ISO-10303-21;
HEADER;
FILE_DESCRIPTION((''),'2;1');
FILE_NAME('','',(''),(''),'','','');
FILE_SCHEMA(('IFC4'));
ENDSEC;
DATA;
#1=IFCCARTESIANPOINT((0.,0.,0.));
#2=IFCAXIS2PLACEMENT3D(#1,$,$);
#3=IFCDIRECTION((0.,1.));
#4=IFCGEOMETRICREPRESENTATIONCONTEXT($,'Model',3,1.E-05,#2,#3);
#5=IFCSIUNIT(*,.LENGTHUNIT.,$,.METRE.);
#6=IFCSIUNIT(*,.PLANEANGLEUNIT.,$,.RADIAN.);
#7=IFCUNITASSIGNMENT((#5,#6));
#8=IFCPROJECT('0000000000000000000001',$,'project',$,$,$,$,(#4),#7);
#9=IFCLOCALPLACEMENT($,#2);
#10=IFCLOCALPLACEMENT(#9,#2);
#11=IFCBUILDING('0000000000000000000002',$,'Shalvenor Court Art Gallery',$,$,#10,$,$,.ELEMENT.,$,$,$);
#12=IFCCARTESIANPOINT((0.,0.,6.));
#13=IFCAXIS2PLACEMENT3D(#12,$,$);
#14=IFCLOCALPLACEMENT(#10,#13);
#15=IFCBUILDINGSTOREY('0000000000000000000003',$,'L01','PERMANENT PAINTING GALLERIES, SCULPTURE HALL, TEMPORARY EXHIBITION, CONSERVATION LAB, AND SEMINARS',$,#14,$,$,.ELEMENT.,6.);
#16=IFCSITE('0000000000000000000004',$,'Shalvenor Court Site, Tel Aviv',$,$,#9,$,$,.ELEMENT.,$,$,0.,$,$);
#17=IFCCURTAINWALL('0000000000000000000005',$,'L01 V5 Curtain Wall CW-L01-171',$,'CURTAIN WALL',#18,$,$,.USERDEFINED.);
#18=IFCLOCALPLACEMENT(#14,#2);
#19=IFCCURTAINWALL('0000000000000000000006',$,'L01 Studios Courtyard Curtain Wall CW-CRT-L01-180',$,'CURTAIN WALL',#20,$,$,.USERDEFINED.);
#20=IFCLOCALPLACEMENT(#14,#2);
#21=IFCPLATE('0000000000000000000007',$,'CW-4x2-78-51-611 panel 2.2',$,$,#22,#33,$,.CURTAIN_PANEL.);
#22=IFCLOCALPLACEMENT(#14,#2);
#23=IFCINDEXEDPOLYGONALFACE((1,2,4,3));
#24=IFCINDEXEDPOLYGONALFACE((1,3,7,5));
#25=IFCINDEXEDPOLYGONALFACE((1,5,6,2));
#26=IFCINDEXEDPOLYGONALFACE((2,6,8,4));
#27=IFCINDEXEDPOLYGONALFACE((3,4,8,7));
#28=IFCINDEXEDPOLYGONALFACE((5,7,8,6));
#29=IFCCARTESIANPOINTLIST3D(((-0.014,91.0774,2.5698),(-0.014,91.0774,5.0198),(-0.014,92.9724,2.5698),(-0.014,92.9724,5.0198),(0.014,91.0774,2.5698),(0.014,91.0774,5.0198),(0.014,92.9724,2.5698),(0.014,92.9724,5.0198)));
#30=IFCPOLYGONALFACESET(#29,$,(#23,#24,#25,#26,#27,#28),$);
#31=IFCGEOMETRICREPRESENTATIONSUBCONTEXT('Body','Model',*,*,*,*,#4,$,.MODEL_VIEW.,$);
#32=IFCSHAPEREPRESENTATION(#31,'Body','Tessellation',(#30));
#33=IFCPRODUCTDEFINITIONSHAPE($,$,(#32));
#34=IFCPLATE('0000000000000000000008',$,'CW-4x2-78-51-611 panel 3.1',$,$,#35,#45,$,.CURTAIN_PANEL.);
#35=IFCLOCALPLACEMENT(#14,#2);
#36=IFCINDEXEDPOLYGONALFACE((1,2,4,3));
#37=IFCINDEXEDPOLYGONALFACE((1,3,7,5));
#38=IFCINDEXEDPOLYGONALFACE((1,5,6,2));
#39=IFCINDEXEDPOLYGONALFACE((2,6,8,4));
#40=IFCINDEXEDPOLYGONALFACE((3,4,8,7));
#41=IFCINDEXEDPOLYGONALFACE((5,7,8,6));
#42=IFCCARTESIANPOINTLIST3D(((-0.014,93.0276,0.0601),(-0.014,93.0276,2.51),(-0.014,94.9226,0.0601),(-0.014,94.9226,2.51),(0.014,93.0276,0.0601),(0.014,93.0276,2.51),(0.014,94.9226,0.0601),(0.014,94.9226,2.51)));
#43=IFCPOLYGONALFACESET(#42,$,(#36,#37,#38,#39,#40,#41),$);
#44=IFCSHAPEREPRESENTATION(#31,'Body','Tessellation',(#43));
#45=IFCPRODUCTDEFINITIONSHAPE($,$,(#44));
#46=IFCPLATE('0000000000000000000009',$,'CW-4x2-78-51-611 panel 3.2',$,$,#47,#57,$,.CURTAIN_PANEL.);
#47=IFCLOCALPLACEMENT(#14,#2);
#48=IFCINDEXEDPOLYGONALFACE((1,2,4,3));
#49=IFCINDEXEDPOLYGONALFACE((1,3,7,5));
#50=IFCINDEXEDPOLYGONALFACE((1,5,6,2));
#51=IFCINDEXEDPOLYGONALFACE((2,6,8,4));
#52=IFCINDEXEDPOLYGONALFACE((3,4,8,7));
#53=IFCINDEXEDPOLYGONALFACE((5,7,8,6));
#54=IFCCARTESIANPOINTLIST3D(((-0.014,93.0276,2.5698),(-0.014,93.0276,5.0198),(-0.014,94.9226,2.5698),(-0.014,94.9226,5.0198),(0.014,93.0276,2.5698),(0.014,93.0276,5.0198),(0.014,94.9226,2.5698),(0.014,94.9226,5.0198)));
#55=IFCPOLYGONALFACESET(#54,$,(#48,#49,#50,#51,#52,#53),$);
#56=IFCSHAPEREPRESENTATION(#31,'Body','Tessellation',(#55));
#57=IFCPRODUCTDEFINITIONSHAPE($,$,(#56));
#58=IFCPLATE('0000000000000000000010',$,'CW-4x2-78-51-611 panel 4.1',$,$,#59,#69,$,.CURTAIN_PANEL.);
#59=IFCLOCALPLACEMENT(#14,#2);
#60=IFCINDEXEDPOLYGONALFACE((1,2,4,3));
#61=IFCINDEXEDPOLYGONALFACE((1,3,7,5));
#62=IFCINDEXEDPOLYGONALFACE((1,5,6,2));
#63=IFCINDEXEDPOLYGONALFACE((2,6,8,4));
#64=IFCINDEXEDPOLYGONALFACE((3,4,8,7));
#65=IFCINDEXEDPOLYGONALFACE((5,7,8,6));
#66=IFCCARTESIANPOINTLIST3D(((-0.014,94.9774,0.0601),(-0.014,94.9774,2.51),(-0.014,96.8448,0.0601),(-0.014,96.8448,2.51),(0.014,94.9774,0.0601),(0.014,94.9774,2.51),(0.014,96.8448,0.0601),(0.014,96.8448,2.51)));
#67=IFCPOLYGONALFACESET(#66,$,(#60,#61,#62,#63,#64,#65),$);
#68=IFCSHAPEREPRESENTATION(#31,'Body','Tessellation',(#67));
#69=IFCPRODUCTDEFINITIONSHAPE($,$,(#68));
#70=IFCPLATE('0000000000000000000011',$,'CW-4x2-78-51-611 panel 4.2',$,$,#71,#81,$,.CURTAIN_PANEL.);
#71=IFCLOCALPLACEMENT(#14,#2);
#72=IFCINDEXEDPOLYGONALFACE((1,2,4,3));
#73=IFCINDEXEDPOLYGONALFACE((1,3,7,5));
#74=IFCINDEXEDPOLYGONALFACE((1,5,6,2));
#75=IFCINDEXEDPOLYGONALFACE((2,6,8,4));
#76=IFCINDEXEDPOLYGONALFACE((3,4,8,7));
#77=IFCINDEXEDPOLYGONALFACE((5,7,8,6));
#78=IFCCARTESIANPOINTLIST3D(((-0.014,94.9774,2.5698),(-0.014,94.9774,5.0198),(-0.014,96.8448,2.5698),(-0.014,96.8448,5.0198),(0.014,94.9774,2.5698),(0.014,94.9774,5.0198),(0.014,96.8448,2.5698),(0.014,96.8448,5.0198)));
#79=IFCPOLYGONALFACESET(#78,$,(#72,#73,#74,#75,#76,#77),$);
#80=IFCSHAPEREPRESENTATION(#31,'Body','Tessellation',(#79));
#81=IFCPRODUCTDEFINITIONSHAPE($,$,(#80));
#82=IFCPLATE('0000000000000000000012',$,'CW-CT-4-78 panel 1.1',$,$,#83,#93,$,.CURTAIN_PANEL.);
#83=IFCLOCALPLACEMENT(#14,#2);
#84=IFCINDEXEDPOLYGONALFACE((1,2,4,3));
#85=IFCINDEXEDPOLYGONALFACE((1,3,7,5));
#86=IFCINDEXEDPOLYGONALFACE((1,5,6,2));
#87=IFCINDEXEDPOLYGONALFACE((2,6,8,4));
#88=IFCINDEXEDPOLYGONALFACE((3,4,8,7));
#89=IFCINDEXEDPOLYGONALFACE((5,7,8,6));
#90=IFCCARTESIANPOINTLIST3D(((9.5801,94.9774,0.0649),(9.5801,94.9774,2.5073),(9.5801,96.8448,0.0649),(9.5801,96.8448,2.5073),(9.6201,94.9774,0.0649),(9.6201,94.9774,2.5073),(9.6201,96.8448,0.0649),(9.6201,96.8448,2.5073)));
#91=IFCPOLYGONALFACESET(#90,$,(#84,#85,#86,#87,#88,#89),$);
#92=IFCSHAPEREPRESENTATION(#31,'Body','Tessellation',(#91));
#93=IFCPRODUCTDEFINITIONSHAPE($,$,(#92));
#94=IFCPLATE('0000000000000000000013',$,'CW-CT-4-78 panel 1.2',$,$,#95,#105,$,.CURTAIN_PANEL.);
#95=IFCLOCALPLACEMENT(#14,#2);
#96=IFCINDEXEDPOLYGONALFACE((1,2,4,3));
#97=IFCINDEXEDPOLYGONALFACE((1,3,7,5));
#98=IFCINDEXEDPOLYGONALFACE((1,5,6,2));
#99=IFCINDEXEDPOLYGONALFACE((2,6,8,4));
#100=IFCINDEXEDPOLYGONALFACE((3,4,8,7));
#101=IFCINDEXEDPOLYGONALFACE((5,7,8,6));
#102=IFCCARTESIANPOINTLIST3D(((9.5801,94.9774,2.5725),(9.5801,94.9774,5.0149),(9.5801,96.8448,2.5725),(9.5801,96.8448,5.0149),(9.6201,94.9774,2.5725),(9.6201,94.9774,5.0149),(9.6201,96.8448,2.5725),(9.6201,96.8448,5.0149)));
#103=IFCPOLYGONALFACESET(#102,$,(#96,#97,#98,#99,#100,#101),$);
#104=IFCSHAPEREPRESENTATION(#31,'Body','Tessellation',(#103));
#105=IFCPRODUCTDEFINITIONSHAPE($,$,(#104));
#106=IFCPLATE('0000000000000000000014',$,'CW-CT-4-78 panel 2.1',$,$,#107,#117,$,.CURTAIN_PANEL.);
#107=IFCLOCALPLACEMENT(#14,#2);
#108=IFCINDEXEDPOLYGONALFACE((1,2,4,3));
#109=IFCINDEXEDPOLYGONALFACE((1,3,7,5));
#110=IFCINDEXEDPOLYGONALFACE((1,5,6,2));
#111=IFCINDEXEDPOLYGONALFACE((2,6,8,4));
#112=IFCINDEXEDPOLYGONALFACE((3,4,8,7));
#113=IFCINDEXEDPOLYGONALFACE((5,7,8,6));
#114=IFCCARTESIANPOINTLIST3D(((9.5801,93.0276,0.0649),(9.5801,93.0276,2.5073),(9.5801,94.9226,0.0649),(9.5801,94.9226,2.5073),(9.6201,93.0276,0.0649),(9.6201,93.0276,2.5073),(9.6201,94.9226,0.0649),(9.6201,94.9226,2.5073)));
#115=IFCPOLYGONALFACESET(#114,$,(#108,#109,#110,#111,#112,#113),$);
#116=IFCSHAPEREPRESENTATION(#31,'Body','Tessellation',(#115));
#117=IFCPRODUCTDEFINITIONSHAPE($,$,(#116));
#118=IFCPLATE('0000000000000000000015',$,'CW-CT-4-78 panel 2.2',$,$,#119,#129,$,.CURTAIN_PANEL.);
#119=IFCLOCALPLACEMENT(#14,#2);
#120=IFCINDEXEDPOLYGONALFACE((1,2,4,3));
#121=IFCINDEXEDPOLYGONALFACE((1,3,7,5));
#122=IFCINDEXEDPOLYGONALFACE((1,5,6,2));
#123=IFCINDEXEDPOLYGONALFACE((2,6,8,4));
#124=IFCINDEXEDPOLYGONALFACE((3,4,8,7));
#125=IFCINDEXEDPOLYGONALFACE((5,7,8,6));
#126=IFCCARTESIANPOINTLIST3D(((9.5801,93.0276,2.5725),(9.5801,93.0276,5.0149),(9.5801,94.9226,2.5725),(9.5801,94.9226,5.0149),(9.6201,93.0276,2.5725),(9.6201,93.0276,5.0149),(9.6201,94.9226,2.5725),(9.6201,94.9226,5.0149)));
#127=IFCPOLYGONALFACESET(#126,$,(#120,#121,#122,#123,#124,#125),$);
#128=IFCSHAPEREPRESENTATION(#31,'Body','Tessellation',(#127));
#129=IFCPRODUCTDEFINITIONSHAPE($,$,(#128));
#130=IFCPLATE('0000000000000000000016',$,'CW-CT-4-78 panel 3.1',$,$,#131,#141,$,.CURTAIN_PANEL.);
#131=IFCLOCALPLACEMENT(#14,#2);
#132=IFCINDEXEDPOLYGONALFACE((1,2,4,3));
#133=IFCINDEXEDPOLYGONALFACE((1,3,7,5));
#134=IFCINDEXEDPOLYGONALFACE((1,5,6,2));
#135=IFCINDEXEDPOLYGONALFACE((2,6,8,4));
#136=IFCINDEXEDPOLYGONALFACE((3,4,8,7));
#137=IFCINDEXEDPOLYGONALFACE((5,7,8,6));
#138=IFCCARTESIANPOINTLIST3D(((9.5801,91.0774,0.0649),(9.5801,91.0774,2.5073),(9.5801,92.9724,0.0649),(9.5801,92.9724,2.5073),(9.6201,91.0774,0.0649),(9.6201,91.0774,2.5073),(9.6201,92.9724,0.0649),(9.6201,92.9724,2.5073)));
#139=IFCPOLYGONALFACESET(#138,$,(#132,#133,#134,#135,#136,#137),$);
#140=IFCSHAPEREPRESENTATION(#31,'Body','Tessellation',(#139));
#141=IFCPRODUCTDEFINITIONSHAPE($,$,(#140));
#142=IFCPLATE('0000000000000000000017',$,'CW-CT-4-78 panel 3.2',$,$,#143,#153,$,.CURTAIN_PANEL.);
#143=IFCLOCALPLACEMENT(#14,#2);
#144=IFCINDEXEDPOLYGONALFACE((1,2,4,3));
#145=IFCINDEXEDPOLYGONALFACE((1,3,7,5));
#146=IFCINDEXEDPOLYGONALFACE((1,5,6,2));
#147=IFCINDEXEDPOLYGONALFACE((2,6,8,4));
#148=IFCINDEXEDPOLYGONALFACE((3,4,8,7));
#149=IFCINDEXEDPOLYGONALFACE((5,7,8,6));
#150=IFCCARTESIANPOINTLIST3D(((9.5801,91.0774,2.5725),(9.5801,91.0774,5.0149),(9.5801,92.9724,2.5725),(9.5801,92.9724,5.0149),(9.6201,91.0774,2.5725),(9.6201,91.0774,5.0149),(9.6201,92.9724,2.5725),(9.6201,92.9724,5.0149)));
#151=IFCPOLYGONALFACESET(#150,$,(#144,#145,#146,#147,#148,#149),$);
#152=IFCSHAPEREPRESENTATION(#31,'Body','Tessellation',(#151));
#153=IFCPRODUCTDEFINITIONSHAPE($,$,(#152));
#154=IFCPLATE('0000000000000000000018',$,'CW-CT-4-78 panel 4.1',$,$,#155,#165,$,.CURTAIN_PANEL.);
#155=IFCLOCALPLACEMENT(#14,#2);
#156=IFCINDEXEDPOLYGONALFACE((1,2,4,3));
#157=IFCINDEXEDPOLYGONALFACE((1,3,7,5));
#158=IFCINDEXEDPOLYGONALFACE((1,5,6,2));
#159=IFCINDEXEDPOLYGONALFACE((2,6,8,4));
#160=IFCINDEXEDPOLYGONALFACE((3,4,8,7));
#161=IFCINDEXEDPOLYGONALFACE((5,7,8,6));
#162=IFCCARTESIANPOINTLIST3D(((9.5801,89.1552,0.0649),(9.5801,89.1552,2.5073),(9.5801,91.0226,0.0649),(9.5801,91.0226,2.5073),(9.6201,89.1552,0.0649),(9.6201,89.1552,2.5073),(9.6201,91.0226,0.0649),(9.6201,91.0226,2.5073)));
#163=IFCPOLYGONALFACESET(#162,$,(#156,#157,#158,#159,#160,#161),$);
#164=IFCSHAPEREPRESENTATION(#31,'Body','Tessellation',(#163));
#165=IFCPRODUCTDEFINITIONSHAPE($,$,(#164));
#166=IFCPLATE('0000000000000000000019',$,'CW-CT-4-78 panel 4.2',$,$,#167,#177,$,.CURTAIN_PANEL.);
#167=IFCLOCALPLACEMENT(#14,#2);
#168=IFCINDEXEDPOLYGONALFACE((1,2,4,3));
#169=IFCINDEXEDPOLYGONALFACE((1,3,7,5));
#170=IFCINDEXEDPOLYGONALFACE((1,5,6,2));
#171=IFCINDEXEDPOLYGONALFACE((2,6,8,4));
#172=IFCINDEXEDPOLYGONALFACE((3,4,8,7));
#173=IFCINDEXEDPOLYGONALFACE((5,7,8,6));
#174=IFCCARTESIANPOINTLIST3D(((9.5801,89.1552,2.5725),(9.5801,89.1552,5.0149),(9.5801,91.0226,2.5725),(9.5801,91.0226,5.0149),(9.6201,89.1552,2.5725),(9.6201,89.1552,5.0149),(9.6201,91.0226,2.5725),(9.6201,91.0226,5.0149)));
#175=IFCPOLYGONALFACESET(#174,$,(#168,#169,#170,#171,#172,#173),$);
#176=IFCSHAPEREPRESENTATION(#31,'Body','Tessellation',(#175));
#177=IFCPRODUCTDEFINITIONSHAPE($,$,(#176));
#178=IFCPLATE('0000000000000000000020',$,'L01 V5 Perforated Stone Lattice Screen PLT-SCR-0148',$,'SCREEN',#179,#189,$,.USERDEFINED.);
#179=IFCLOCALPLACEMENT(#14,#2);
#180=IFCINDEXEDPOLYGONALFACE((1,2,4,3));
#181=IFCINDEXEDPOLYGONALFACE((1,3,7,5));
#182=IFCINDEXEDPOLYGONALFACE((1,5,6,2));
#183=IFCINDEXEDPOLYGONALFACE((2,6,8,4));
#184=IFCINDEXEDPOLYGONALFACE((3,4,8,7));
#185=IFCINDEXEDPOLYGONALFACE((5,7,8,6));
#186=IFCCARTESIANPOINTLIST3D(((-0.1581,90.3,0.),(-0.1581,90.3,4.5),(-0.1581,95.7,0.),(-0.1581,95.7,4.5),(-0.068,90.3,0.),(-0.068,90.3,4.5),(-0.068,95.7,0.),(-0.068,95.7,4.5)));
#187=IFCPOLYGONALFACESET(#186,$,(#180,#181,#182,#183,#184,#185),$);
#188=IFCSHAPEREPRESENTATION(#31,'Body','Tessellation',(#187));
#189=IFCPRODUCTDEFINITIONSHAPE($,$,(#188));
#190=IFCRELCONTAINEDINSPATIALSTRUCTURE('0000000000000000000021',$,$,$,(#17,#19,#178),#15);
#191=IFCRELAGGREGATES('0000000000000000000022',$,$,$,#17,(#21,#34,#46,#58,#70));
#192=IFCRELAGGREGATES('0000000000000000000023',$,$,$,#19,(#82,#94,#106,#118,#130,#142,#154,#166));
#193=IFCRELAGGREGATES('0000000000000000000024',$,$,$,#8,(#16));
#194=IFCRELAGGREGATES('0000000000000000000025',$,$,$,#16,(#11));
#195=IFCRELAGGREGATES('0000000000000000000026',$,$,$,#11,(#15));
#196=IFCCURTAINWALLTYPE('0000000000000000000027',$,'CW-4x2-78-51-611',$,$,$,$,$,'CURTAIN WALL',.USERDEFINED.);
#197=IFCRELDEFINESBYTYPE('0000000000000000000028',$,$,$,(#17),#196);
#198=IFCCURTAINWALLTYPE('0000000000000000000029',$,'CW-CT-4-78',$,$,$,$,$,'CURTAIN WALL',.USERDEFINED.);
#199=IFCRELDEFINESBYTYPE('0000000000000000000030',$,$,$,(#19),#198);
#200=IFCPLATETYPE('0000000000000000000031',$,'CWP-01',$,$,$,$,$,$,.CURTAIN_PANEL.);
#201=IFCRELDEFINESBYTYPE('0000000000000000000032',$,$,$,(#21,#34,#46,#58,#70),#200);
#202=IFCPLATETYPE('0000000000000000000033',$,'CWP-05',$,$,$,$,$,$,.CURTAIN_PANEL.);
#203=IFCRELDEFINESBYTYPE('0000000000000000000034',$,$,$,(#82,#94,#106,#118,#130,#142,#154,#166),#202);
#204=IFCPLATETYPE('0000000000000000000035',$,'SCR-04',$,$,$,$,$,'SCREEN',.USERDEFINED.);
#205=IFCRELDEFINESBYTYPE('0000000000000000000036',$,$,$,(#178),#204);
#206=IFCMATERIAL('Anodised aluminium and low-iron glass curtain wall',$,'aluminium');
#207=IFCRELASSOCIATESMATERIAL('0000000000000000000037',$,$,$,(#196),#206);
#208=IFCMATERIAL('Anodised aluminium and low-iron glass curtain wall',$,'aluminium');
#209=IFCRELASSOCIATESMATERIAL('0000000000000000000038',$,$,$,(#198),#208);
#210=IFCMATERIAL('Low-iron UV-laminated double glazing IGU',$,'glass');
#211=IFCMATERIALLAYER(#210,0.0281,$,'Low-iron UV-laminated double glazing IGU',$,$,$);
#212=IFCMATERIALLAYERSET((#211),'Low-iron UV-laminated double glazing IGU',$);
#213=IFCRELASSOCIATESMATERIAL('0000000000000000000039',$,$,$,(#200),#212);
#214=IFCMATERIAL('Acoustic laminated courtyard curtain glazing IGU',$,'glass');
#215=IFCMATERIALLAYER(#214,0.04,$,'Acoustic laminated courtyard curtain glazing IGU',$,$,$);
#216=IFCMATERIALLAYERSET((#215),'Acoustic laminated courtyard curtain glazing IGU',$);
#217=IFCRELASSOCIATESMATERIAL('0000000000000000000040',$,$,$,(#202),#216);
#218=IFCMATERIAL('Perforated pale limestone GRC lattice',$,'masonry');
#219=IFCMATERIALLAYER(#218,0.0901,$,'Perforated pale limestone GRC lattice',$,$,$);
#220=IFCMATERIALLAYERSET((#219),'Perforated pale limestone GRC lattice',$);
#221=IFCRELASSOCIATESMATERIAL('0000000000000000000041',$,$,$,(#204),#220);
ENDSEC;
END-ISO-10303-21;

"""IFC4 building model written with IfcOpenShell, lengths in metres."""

from ifc_helpers import new_model, si_unit, direction, frame, origin, origin_2d, place, context, subcontext, project, spatial, rectangle, extrude, material, layer, layer_set, type_object, element, aggregate, save


model = new_model("IFC4")

# Units and contexts
model_context = context("Model", 3, precision=1e-05, world=origin(), true_north=direction((0.0, 1.0)))
body_context = subcontext(model_context, "Body", "Model", "MODEL_VIEW")
ifc_project = project(units=[si_unit("LENGTHUNIT", "METRE"), si_unit("PLANEANGLEUNIT", "RADIAN")], contexts=[model_context])

# Site, building, storey
site_placement = place(None, origin())
site = spatial("IfcSite", under=ifc_project, at=site_placement, Name="Shalvenor Court Site, Tel Aviv", CompositionType="ELEMENT", RefElevation=0.0)
building_placement = place(site_placement, origin())
building = spatial("IfcBuilding", under=site, at=building_placement, Name="Shalvenor Court Art Gallery", CompositionType="ELEMENT")
storey_placement = place(building_placement, frame((0.0, 0.0, 6.0)))
storey = spatial("IfcBuildingStorey", under=building, at=storey_placement, Name="L01", Description="PERMANENT PAINTING GALLERIES, SCULPTURE HALL, TEMPORARY EXHIBITION, CONSERVATION LAB, AND SEMINARS", CompositionType="ELEMENT", Elevation=6.0)

# Curtain walls
ifc_material_1 = material(Name="Anodised aluminium and low-iron glass curtain wall", Category="aluminium")
curtain_wall_type_1 = type_object("IfcCurtainWallType", Name="CW-4x2-78-51-611", ElementType="CURTAIN WALL", PredefinedType="USERDEFINED", material=ifc_material_1)
curtain_wall_1_placement = place(storey_placement, origin())
curtain_wall_1 = element("IfcCurtainWall", 1, at=curtain_wall_1_placement, inside=storey, type_object=curtain_wall_type_1, Name="L01 V5 Curtain Wall CW-L01-171", ObjectType="CURTAIN WALL", PredefinedType="USERDEFINED")
ifc_material_2 = material(Name="Anodised aluminium and low-iron glass curtain wall", Category="aluminium")
curtain_wall_type_2 = type_object("IfcCurtainWallType", Name="CW-CT-4-78", ElementType="CURTAIN WALL", PredefinedType="USERDEFINED", material=ifc_material_2)
curtain_wall_2_placement = place(storey_placement, origin())
curtain_wall_2 = element("IfcCurtainWall", 2, at=curtain_wall_2_placement, inside=storey, type_object=curtain_wall_type_2, Name="L01 Studios Courtyard Curtain Wall CW-CRT-L01-180", ObjectType="CURTAIN WALL", PredefinedType="USERDEFINED")

# Plates
ifc_material_3 = material(Name="Low-iron UV-laminated double glazing IGU", Category="glass")
ifc_layer_1 = layer(ifc_material_3, 0.0281, Name="Low-iron UV-laminated double glazing IGU")
ifc_layer_set_1 = layer_set([ifc_layer_1], Name="Low-iron UV-laminated double glazing IGU")
plate_type_1 = type_object("IfcPlateType", Name="CWP-01", PredefinedType="CURTAIN_PANEL", material=ifc_layer_set_1)
plate_1_placement = place(storey_placement, frame((0.0, 92.0249, 2.5698), z_axis=(0.0, 0.0, 1.0), x_axis=(0.0, 1.0, 0.0)))
plate_1 = element("IfcPlate", 3, at=plate_1_placement, type_object=plate_type_1, Name="CW-4x2-78-51-611 panel 2.2", PredefinedType="CURTAIN_PANEL", context=body_context, shape_type="SweptSolid", body=[
    extrude(rectangle(XDim=1.895, YDim=0.0281, at=origin_2d()), origin(), (0.0, 0.0, 1.0), 2.45),
])
plate_2_placement = place(storey_placement, frame((0.0, 93.9751, 0.0601), z_axis=(0.0, 0.0, 1.0), x_axis=(0.0, 1.0, 0.0)))
plate_2 = element("IfcPlate", 4, at=plate_2_placement, type_object=plate_type_1, Name="CW-4x2-78-51-611 panel 3.1", PredefinedType="CURTAIN_PANEL", context=body_context, shape_type="SweptSolid", body=[
    extrude(rectangle(XDim=1.895, YDim=0.0281, at=origin_2d()), origin(), (0.0, 0.0, 1.0), 2.45),
])
plate_3_placement = place(storey_placement, frame((0.0, 93.9751, 2.5698), z_axis=(0.0, 0.0, 1.0), x_axis=(0.0, 1.0, 0.0)))
plate_3 = element("IfcPlate", 5, at=plate_3_placement, type_object=plate_type_1, Name="CW-4x2-78-51-611 panel 3.2", PredefinedType="CURTAIN_PANEL", context=body_context, shape_type="SweptSolid", body=[
    extrude(rectangle(XDim=1.895, YDim=0.0281, at=origin_2d()), origin(), (0.0, 0.0, 1.0), 2.45),
])
plate_4_placement = place(storey_placement, frame((0.0, 95.9111, 0.0601), z_axis=(0.0, 0.0, 1.0), x_axis=(0.0, 1.0, 0.0)))
plate_4 = element("IfcPlate", 6, at=plate_4_placement, type_object=plate_type_1, Name="CW-4x2-78-51-611 panel 4.1", PredefinedType="CURTAIN_PANEL", context=body_context, shape_type="SweptSolid", body=[
    extrude(rectangle(XDim=1.8674, YDim=0.0281, at=origin_2d()), origin(), (0.0, 0.0, 1.0), 2.45),
])
plate_5_placement = place(storey_placement, frame((0.0, 95.9111, 2.5698), z_axis=(0.0, 0.0, 1.0), x_axis=(0.0, 1.0, 0.0)))
plate_5 = element("IfcPlate", 7, at=plate_5_placement, type_object=plate_type_1, Name="CW-4x2-78-51-611 panel 4.2", PredefinedType="CURTAIN_PANEL", context=body_context, shape_type="SweptSolid", body=[
    extrude(rectangle(XDim=1.8674, YDim=0.0281, at=origin_2d()), origin(), (0.0, 0.0, 1.0), 2.45),
])
aggregate(curtain_wall_1, [plate_1, plate_2, plate_3, plate_4, plate_5])
ifc_material_4 = material(Name="Acoustic laminated courtyard curtain glazing IGU", Category="glass")
ifc_layer_2 = layer(ifc_material_4, 0.04, Name="Acoustic laminated courtyard curtain glazing IGU")
ifc_layer_set_2 = layer_set([ifc_layer_2], Name="Acoustic laminated courtyard curtain glazing IGU")
plate_type_2 = type_object("IfcPlateType", Name="CWP-05", PredefinedType="CURTAIN_PANEL", material=ifc_layer_set_2)
plate_6_placement = place(storey_placement, frame((9.6001, 95.9111, 0.0649), z_axis=(0.0, 0.0, 1.0), x_axis=(0.0, -1.0, 0.0)))
plate_6 = element("IfcPlate", 8, at=plate_6_placement, type_object=plate_type_2, Name="CW-CT-4-78 panel 1.1", PredefinedType="CURTAIN_PANEL", context=body_context, shape_type="SweptSolid", body=[
    extrude(rectangle(XDim=1.8674, YDim=0.04, at=origin_2d()), origin(), (0.0, 0.0, 1.0), 2.4424),
])
plate_7_placement = place(storey_placement, frame((9.6001, 95.9111, 2.5725), z_axis=(0.0, 0.0, 1.0), x_axis=(0.0, -1.0, 0.0)))
plate_7 = element("IfcPlate", 9, at=plate_7_placement, type_object=plate_type_2, Name="CW-CT-4-78 panel 1.2", PredefinedType="CURTAIN_PANEL", context=body_context, shape_type="SweptSolid", body=[
    extrude(rectangle(XDim=1.8674, YDim=0.04, at=origin_2d()), origin(), (0.0, 0.0, 1.0), 2.4424),
])
plate_8_placement = place(storey_placement, frame((9.6001, 93.9751, 0.0649), z_axis=(0.0, 0.0, 1.0), x_axis=(0.0, -1.0, 0.0)))
plate_8 = element("IfcPlate", 10, at=plate_8_placement, type_object=plate_type_2, Name="CW-CT-4-78 panel 2.1", PredefinedType="CURTAIN_PANEL", context=body_context, shape_type="SweptSolid", body=[
    extrude(rectangle(XDim=1.895, YDim=0.04, at=origin_2d()), origin(), (0.0, 0.0, 1.0), 2.4424),
])
plate_9_placement = place(storey_placement, frame((9.6001, 93.9751, 2.5725), z_axis=(0.0, 0.0, 1.0), x_axis=(0.0, -1.0, 0.0)))
plate_9 = element("IfcPlate", 11, at=plate_9_placement, type_object=plate_type_2, Name="CW-CT-4-78 panel 2.2", PredefinedType="CURTAIN_PANEL", context=body_context, shape_type="SweptSolid", body=[
    extrude(rectangle(XDim=1.895, YDim=0.04, at=origin_2d()), origin(), (0.0, 0.0, 1.0), 2.4424),
])
plate_10_placement = place(storey_placement, frame((9.6001, 92.0249, 0.0649), z_axis=(0.0, 0.0, 1.0), x_axis=(0.0, -1.0, 0.0)))
plate_10 = element("IfcPlate", 12, at=plate_10_placement, type_object=plate_type_2, Name="CW-CT-4-78 panel 3.1", PredefinedType="CURTAIN_PANEL", context=body_context, shape_type="SweptSolid", body=[
    extrude(rectangle(XDim=1.895, YDim=0.04, at=origin_2d()), origin(), (0.0, 0.0, 1.0), 2.4424),
])
plate_11_placement = place(storey_placement, frame((9.6001, 92.0249, 2.5725), z_axis=(0.0, 0.0, 1.0), x_axis=(0.0, -1.0, 0.0)))
plate_11 = element("IfcPlate", 13, at=plate_11_placement, type_object=plate_type_2, Name="CW-CT-4-78 panel 3.2", PredefinedType="CURTAIN_PANEL", context=body_context, shape_type="SweptSolid", body=[
    extrude(rectangle(XDim=1.895, YDim=0.04, at=origin_2d()), origin(), (0.0, 0.0, 1.0), 2.4424),
])
plate_12_placement = place(storey_placement, frame((9.6001, 90.0889, 0.0649), z_axis=(0.0, 0.0, 1.0), x_axis=(0.0, -1.0, 0.0)))
plate_12 = element("IfcPlate", 14, at=plate_12_placement, type_object=plate_type_2, Name="CW-CT-4-78 panel 4.1", PredefinedType="CURTAIN_PANEL", context=body_context, shape_type="SweptSolid", body=[
    extrude(rectangle(XDim=1.8674, YDim=0.04, at=origin_2d()), origin(), (0.0, 0.0, 1.0), 2.4424),
])
plate_13_placement = place(storey_placement, frame((9.6001, 90.0889, 2.5725), z_axis=(0.0, 0.0, 1.0), x_axis=(0.0, -1.0, 0.0)))
plate_13 = element("IfcPlate", 15, at=plate_13_placement, type_object=plate_type_2, Name="CW-CT-4-78 panel 4.2", PredefinedType="CURTAIN_PANEL", context=body_context, shape_type="SweptSolid", body=[
    extrude(rectangle(XDim=1.8674, YDim=0.04, at=origin_2d()), origin(), (0.0, 0.0, 1.0), 2.4424),
])
aggregate(curtain_wall_2, [plate_6, plate_7, plate_8, plate_9, plate_10, plate_11, plate_12, plate_13])
ifc_material_5 = material(Name="Perforated pale limestone GRC lattice", Category="masonry")
ifc_layer_3 = layer(ifc_material_5, 0.0901, Name="Perforated pale limestone GRC lattice")
ifc_layer_set_3 = layer_set([ifc_layer_3], Name="Perforated pale limestone GRC lattice")
plate_type_3 = type_object("IfcPlateType", Name="SCR-04", ElementType="SCREEN", PredefinedType="USERDEFINED", material=ifc_layer_set_3)
plate_14_placement = place(storey_placement, frame((-0.113, 93.0, 0.0), z_axis=(0.0, 0.0, 1.0), x_axis=(0.0, 1.0, 0.0)))
element("IfcPlate", 16, at=plate_14_placement, inside=storey, type_object=plate_type_3, Name="L01 V5 Perforated Stone Lattice Screen PLT-SCR-0148", ObjectType="SCREEN", PredefinedType="USERDEFINED", context=body_context, shape_type="SweptSolid", body=[
    extrude(rectangle(XDim=5.3999, YDim=0.0901, at=origin_2d()), origin(), (0.0, 0.0, 1.0), 4.5),
])

save(model, "model.ifc")
